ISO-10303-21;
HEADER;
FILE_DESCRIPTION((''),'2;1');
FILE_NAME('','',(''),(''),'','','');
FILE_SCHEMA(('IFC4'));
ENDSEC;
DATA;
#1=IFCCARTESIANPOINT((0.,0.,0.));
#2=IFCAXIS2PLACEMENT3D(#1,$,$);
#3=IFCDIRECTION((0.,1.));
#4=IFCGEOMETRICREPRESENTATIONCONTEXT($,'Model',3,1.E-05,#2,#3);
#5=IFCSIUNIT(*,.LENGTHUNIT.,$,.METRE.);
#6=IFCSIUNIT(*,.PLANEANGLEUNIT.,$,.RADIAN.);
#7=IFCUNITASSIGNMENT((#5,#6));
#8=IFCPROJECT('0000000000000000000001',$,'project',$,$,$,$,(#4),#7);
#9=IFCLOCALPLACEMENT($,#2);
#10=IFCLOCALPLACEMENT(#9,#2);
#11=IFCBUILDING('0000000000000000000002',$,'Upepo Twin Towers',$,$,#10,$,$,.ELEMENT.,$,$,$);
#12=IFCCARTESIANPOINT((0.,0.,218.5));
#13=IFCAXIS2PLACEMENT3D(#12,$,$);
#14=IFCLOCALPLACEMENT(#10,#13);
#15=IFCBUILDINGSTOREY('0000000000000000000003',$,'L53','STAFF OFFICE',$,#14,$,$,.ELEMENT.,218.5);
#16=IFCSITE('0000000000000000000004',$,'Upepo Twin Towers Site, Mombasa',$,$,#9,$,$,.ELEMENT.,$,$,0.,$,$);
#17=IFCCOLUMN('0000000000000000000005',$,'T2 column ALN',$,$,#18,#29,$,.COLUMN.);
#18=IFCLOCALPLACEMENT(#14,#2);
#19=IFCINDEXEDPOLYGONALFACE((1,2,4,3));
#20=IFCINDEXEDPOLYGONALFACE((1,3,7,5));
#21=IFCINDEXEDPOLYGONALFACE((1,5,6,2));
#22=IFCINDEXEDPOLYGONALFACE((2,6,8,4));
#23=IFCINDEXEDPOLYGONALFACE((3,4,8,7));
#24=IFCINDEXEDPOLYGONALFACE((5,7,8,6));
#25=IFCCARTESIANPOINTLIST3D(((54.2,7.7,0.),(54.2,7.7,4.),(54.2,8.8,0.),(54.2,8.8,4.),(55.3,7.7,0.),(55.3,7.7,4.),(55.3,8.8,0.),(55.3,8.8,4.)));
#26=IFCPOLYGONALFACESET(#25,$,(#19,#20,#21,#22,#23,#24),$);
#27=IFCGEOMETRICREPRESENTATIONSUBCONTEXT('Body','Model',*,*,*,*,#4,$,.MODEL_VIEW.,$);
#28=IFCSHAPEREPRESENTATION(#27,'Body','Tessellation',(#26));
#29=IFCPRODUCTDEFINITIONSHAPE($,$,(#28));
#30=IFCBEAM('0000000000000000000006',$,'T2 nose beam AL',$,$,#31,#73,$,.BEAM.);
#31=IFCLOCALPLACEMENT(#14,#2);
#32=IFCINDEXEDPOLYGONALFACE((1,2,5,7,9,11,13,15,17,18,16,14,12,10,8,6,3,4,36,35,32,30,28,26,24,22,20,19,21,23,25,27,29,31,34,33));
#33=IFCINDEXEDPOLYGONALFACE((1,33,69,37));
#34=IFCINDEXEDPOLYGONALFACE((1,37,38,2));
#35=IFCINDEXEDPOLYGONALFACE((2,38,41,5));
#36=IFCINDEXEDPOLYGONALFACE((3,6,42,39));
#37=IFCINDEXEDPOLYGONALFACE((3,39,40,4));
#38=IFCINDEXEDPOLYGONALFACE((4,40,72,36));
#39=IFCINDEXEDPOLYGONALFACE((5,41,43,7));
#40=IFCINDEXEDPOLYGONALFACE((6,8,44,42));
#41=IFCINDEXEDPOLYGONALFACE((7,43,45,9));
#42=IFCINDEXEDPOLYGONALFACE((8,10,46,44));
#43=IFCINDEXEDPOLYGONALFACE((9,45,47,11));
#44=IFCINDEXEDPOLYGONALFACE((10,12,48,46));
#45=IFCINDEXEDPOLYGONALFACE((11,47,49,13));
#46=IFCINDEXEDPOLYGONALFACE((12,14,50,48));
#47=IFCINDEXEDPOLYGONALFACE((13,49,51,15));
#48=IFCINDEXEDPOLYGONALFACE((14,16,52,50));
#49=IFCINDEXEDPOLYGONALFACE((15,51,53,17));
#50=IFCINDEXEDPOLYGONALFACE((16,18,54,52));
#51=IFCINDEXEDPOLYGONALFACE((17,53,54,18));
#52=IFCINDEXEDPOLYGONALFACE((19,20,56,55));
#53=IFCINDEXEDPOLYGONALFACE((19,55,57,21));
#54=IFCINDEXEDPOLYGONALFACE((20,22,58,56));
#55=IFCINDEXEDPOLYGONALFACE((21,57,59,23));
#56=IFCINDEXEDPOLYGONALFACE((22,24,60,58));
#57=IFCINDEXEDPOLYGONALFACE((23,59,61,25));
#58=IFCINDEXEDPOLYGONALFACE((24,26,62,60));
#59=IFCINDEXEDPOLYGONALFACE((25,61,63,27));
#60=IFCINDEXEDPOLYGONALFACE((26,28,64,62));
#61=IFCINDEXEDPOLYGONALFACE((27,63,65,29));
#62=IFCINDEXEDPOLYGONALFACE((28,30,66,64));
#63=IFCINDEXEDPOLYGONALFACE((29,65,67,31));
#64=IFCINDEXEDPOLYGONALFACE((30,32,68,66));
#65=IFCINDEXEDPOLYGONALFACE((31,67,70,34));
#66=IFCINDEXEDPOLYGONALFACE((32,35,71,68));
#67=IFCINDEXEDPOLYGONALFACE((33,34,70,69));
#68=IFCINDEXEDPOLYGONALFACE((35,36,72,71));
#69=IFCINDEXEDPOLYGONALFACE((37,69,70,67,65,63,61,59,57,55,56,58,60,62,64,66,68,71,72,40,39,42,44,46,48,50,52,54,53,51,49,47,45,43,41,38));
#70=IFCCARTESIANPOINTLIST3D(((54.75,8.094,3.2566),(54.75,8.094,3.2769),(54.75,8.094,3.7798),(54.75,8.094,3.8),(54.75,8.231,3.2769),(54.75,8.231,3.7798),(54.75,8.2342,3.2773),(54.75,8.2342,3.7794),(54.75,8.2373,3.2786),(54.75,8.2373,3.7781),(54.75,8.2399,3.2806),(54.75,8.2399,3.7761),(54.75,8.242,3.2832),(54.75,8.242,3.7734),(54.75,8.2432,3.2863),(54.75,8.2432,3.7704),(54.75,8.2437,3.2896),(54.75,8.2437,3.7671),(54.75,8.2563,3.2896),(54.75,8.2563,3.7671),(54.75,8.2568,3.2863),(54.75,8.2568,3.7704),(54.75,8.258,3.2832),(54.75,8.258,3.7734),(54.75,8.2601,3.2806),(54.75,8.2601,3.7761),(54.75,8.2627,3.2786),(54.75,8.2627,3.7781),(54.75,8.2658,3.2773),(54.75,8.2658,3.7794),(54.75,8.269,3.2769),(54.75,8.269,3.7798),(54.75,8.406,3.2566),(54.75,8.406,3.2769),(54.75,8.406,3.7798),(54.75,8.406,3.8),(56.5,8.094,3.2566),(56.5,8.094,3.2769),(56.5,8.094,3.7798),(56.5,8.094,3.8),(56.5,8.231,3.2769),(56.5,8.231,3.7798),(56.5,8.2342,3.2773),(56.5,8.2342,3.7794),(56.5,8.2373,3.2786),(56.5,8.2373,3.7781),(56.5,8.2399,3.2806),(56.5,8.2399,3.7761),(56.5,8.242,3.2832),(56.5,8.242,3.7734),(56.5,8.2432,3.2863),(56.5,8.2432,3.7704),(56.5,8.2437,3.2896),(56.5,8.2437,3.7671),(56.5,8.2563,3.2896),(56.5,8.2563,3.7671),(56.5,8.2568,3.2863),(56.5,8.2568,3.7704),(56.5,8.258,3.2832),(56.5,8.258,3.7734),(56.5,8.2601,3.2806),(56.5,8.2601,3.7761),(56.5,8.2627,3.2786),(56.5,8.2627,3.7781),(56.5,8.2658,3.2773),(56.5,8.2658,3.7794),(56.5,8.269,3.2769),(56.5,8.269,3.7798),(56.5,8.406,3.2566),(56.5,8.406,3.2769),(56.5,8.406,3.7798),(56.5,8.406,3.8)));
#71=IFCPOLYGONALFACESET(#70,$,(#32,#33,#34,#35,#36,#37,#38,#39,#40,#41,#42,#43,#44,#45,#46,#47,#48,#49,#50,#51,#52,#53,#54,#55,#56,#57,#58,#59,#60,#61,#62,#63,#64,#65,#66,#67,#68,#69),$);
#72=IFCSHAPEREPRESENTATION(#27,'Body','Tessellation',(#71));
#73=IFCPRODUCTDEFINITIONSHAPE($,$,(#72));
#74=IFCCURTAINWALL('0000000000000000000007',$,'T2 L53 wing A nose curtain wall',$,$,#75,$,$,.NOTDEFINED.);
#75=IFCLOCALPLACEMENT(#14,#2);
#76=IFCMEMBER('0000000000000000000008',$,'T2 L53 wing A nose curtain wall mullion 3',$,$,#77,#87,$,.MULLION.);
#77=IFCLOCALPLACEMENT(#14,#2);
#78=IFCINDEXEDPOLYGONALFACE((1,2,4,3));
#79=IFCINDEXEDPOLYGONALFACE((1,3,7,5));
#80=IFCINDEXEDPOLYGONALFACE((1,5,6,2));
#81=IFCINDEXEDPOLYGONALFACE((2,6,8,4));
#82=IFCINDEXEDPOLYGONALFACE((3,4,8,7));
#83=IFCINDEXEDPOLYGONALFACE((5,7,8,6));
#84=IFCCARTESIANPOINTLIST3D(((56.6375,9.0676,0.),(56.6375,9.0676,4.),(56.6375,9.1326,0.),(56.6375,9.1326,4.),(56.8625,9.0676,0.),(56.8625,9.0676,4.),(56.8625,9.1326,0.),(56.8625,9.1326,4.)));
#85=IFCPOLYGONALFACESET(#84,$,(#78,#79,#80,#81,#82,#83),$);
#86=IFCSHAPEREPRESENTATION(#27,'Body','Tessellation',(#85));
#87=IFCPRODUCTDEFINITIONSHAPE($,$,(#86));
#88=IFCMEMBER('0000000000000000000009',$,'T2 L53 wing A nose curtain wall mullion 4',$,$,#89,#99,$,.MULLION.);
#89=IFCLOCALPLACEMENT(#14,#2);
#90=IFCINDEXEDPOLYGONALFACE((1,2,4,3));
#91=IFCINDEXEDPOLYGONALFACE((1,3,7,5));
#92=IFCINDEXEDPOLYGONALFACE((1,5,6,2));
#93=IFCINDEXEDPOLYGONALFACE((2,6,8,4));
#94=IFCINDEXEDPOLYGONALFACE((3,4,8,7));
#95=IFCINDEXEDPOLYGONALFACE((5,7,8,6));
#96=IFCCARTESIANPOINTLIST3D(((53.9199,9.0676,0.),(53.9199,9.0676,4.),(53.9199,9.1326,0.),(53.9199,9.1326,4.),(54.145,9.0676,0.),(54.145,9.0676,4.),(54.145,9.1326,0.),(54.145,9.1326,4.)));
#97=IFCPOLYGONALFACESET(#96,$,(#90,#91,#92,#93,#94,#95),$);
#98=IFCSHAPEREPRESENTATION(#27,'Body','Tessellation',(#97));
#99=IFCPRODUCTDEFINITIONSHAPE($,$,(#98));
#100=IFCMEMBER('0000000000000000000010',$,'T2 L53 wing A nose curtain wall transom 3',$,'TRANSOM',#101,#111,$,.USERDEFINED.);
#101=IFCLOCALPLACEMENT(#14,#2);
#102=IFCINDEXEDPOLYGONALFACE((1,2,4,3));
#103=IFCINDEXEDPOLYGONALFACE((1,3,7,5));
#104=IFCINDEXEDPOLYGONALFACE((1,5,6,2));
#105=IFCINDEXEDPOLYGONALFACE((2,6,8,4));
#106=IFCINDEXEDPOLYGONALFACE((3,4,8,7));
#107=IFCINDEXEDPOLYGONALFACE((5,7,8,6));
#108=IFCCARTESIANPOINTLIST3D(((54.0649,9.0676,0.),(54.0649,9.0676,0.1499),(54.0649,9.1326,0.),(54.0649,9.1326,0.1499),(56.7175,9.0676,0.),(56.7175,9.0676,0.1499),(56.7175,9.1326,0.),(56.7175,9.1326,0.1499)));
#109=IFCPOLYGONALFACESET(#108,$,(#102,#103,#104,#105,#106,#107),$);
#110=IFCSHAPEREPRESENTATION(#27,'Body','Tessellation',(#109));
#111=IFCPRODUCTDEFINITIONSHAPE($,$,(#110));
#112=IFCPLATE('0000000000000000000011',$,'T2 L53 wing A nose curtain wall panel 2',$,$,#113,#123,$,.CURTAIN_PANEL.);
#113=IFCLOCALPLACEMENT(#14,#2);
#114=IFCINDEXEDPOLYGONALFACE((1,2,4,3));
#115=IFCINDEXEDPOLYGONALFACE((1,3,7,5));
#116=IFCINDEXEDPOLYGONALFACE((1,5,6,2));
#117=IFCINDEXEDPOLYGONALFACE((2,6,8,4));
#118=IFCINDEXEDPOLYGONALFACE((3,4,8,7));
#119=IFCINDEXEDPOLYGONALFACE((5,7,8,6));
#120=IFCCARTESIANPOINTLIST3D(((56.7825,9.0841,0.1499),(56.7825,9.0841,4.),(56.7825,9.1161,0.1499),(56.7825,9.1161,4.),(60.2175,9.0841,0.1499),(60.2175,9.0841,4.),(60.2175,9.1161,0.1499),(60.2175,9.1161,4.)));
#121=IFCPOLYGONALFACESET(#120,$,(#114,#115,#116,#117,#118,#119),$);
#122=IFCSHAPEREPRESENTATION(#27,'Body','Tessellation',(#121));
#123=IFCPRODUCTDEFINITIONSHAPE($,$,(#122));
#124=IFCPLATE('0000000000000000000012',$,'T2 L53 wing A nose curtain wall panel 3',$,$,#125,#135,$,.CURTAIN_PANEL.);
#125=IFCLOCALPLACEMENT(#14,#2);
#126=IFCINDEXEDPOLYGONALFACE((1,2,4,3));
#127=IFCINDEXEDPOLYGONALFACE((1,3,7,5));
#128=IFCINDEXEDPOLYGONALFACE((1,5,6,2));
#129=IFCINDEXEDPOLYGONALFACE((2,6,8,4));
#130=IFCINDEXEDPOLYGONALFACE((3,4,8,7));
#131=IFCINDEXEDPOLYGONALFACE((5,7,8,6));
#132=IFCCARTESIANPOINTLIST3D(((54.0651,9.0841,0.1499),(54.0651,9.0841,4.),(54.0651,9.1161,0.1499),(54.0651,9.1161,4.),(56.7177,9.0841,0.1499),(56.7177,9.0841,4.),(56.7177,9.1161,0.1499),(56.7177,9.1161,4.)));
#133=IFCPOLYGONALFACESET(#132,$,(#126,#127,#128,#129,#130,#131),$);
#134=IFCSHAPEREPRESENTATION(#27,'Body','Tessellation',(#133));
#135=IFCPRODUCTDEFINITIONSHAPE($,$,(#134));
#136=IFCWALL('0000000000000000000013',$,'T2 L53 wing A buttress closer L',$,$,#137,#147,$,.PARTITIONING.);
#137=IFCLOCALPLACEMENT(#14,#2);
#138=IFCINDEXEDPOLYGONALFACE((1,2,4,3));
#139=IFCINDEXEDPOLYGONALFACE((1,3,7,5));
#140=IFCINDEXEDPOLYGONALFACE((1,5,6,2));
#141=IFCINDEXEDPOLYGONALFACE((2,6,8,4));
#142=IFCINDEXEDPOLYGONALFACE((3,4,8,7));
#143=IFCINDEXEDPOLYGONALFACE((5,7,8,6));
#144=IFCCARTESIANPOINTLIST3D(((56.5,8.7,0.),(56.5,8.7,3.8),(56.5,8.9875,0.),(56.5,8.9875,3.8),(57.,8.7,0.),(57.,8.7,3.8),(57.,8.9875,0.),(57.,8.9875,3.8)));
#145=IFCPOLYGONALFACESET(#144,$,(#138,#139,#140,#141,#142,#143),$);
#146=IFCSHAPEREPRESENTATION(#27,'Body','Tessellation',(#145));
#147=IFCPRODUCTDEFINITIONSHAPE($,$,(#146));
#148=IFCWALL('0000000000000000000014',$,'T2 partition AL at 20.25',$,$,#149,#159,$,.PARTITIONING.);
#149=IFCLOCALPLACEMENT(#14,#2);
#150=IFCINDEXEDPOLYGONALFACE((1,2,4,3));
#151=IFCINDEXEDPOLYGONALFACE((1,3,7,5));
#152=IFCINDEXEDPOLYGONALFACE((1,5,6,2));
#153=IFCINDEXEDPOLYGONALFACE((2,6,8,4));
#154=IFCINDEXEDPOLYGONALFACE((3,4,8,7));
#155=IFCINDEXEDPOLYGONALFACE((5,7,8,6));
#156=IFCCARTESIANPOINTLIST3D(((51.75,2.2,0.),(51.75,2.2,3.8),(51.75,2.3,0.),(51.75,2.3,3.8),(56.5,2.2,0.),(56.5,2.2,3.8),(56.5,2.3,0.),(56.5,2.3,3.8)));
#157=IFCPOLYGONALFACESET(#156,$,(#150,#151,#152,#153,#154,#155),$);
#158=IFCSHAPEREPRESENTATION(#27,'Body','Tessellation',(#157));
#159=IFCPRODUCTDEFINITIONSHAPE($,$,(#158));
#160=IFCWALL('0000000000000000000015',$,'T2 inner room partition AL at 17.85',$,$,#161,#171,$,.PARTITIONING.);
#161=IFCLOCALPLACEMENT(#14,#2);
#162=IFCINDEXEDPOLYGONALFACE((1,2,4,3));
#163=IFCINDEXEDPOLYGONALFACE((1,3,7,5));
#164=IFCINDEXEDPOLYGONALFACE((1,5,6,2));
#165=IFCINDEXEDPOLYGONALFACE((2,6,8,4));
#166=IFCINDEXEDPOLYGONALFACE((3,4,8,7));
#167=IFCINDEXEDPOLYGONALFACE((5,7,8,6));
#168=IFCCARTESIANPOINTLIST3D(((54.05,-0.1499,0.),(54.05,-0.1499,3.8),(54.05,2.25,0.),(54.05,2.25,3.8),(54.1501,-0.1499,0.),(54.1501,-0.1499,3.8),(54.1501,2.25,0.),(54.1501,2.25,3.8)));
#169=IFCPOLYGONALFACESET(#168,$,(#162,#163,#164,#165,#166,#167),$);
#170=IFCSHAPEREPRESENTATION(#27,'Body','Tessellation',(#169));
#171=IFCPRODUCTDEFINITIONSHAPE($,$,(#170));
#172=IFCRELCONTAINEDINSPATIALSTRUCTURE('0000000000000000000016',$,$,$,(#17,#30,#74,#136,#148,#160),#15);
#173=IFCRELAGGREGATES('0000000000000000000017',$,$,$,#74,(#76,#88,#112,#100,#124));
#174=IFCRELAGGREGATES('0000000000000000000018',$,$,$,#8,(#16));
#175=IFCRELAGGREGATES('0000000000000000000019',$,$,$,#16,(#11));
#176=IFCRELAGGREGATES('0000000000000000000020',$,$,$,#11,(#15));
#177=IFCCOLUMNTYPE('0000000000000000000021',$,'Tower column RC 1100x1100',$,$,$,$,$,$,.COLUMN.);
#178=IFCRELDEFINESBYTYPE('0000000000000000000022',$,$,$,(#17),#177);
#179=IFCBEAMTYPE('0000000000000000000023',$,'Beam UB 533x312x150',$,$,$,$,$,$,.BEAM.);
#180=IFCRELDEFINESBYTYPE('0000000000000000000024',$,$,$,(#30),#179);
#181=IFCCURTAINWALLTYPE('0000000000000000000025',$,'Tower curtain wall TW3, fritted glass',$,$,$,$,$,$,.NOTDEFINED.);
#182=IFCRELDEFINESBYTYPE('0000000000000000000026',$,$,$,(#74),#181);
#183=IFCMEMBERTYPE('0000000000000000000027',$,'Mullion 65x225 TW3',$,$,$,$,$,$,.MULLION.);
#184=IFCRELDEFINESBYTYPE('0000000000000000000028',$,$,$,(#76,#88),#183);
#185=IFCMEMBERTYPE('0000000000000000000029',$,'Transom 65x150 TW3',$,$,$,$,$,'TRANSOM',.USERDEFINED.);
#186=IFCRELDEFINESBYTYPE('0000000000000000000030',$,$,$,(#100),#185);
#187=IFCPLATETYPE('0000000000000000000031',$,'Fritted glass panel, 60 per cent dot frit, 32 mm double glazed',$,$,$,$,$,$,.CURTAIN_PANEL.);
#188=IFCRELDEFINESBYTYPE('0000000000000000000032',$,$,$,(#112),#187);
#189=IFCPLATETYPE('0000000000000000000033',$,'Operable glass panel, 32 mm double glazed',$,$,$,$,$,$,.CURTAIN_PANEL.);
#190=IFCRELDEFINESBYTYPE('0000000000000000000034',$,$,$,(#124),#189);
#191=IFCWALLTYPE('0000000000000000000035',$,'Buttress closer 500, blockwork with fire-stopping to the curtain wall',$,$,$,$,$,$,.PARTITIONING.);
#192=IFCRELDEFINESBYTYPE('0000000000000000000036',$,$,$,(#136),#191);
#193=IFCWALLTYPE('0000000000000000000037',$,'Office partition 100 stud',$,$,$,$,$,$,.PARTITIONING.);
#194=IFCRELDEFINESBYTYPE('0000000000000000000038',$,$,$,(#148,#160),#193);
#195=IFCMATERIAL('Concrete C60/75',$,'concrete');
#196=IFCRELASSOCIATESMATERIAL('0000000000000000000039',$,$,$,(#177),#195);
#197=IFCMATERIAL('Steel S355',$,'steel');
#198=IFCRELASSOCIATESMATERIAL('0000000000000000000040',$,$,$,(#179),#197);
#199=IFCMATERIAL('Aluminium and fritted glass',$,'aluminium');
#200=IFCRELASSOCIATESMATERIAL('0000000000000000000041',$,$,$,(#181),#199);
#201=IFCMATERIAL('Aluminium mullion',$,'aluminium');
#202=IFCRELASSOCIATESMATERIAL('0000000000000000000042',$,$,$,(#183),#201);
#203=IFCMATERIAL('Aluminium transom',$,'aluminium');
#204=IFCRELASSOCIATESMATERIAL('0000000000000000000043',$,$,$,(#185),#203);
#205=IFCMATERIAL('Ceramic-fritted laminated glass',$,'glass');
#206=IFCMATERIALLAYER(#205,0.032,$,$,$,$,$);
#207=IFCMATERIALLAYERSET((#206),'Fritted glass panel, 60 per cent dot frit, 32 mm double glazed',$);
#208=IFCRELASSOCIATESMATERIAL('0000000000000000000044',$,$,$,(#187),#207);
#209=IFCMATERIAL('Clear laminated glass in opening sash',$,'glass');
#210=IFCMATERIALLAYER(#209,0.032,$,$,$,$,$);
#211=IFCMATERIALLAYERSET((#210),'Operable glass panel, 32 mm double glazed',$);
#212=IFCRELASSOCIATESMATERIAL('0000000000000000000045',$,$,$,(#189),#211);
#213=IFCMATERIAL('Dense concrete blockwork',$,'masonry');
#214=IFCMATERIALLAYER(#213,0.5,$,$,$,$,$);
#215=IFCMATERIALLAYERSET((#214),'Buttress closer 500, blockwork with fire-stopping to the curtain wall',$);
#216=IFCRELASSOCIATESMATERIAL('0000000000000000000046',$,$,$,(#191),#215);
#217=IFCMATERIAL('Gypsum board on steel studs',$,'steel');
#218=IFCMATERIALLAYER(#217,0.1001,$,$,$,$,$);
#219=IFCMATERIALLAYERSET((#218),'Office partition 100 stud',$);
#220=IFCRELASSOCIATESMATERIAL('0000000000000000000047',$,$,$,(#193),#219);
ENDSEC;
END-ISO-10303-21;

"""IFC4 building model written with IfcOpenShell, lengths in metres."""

from ifc_helpers import new_model, si_unit, direction, frame, frame_2d, origin, origin_2d, place, context, subcontext, project, spatial, rectangle, i_section, extrude, material, layer, layer_set, material_profile, profile_set, type_object, element, aggregate, save


model = new_model("IFC4")

# Units and contexts
model_context = context("Model", 3, precision=1e-05, world=origin(), true_north=direction((0.0, 1.0)))
body_context = subcontext(model_context, "Body", "Model", "MODEL_VIEW")
ifc_project = project(units=[si_unit("LENGTHUNIT", "METRE"), si_unit("PLANEANGLEUNIT", "RADIAN")], contexts=[model_context])

# Site, building, storey
site_placement = place(None, origin())
site = spatial("IfcSite", under=ifc_project, at=site_placement, Name="Upepo Twin Towers Site, Mombasa", CompositionType="ELEMENT", RefElevation=0.0)
building_placement = place(site_placement, origin())
building = spatial("IfcBuilding", under=site, at=building_placement, Name="Upepo Twin Towers", CompositionType="ELEMENT")
storey_placement = place(building_placement, frame((0.0, 0.0, 218.5)))
storey = spatial("IfcBuildingStorey", under=building, at=storey_placement, Name="L53", Description="STAFF OFFICE", CompositionType="ELEMENT", Elevation=218.5)

# Column
ifc_material_1 = material(Name="Concrete C60/75", Category="concrete")
ifc_material_profile_1 = material_profile(ifc_material_1, rectangle(XDim=1.1001, YDim=1.1001, at=origin_2d()), Name="RC 1100x1100")
ifc_profile_set_1 = profile_set([ifc_material_profile_1], Name="Concrete C60/75")
column_type = type_object("IfcColumnType", Name="Tower column RC 1100x1100", PredefinedType="COLUMN", material=ifc_profile_set_1)
column_placement = place(storey_placement, frame((54.75, 8.25, 0.0), z_axis=(0.0, 0.0, 1.0), x_axis=(1.0, 0.0, 0.0)))
element("IfcColumn", 1, at=column_placement, inside=storey, type_object=column_type, Name="T2 column ALN", PredefinedType="COLUMN", context=body_context, shape_type="SweptSolid", body=[
    extrude(rectangle(XDim=1.1001, YDim=1.1001, at=origin_2d()), origin(), (0.0, 0.0, 1.0), 4.0),
])

# Beam
ifc_material_2 = material(Name="Steel S355", Category="steel")
ifc_material_profile_2 = material_profile(ifc_material_2, i_section(OverallWidth=0.312, OverallDepth=0.5435, WebThickness=0.0127, FlangeThickness=0.0203, FilletRadius=0.0127, at=origin_2d()), Name="UB 533x312x150")
ifc_profile_set_2 = profile_set([ifc_material_profile_2], Name="Steel S355")
beam_type = type_object("IfcBeamType", Name="Beam UB 533x312x150", PredefinedType="BEAM", material=ifc_profile_set_2)
beam_placement = place(storey_placement, frame((54.75, 8.25, 3.5283), z_axis=(1.0, 0.0, 0.0), x_axis=(0.0, 1.0, 0.0)))
element("IfcBeam", 2, at=beam_placement, inside=storey, type_object=beam_type, Name="T2 nose beam AL", PredefinedType="BEAM", context=body_context, shape_type="SweptSolid", body=[
    extrude(i_section(OverallWidth=0.312, OverallDepth=0.5435, WebThickness=0.0127, FlangeThickness=0.0203, FilletRadius=0.0127, at=origin_2d()), origin(), (0.0, 0.0, 1.0), 1.75),
])

# Curtain wall, members, plates
ifc_material_3 = material(Name="Aluminium and fritted glass", Category="aluminium")
curtain_wall_type = type_object("IfcCurtainWallType", Name="Tower curtain wall TW3, fritted glass", PredefinedType="NOTDEFINED", material=ifc_material_3)
curtain_wall_placement = place(storey_placement, origin())
curtain_wall = element("IfcCurtainWall", 3, at=curtain_wall_placement, inside=storey, type_object=curtain_wall_type, Name="T2 L53 wing A nose curtain wall", PredefinedType="NOTDEFINED")
ifc_material_4 = material(Name="Aluminium mullion", Category="aluminium")
ifc_material_profile_3 = material_profile(ifc_material_4, rectangle(XDim=0.0649, YDim=0.2251, at=origin_2d()), Name="MULLION 65x225")
ifc_profile_set_3 = profile_set([ifc_material_profile_3], Name="Aluminium mullion")
member_type_1 = type_object("IfcMemberType", Name="Mullion 65x225 TW3", PredefinedType="MULLION", material=ifc_profile_set_3)
member_1_placement = place(storey_placement, frame((56.75, 9.1001, 0.0), z_axis=(0.0, 0.0, 1.0), x_axis=(0.0, -1.0, 0.0)))
member_1 = element("IfcMember", 4, at=member_1_placement, type_object=member_type_1, Name="T2 L53 wing A nose curtain wall mullion 3", PredefinedType="MULLION", context=body_context, shape_type="SweptSolid", body=[
    extrude(rectangle(XDim=0.0649, YDim=0.2251, at=origin_2d()), origin(), (0.0, 0.0, 1.0), 4.0),
])
member_2_placement = place(storey_placement, frame((54.0325, 9.1001, 0.0), z_axis=(0.0, 0.0, 1.0), x_axis=(0.0, -1.0, 0.0)))
member_2 = element("IfcMember", 5, at=member_2_placement, type_object=member_type_1, Name="T2 L53 wing A nose curtain wall mullion 4", PredefinedType="MULLION", context=body_context, shape_type="SweptSolid", body=[
    extrude(rectangle(XDim=0.0649, YDim=0.2251, at=origin_2d()), origin(), (0.0, 0.0, 1.0), 4.0),
])
ifc_material_5 = material(Name="Aluminium transom", Category="aluminium")
ifc_material_profile_4 = material_profile(ifc_material_5, rectangle(XDim=0.0649, YDim=0.1499, at=origin_2d()), Name="TRANSOM 65x150")
ifc_profile_set_4 = profile_set([ifc_material_profile_4], Name="Aluminium transom")
member_type_2 = type_object("IfcMemberType", Name="Transom 65x150 TW3", ElementType="TRANSOM", PredefinedType="USERDEFINED", material=ifc_profile_set_4)
member_3_placement = place(storey_placement, frame((56.7175, 9.1001, 0.075), z_axis=(-1.0, 0.0, 0.0), x_axis=(0.0, -1.0, 0.0)))
member_3 = element("IfcMember", 6, at=member_3_placement, type_object=member_type_2, Name="T2 L53 wing A nose curtain wall transom 3", ObjectType="TRANSOM", PredefinedType="USERDEFINED", context=body_context, shape_type="SweptSolid", body=[
    extrude(rectangle(XDim=0.0649, YDim=0.1499, at=origin_2d()), origin(), (0.0, 0.0, 1.0), 2.6526),
])
ifc_material_6 = material(Name="Ceramic-fritted laminated glass", Category="glass")
ifc_layer_1 = layer(ifc_material_6, 0.032)
ifc_layer_set_1 = layer_set([ifc_layer_1], Name="Fritted glass panel, 60 per cent dot frit, 32 mm double glazed")
plate_type_1 = type_object("IfcPlateType", Name="Fritted glass panel, 60 per cent dot frit, 32 mm double glazed", PredefinedType="CURTAIN_PANEL", material=ifc_layer_set_1)
plate_1_placement = place(storey_placement, frame((58.5, 9.1001, 0.1499), z_axis=(0.0, 0.0, 1.0), x_axis=(-1.0, 0.0, 0.0)))
plate_1 = element("IfcPlate", 7, at=plate_1_placement, type_object=plate_type_1, Name="T2 L53 wing A nose curtain wall panel 2", PredefinedType="CURTAIN_PANEL", context=body_context, shape_type="SweptSolid", body=[
    extrude(rectangle(XDim=3.4351, YDim=0.032, at=origin_2d()), origin(), (0.0, 0.0, 1.0), 3.8501),
])
ifc_material_7 = material(Name="Clear laminated glass in opening sash", Category="glass")
ifc_layer_2 = layer(ifc_material_7, 0.032)
ifc_layer_set_2 = layer_set([ifc_layer_2], Name="Operable glass panel, 32 mm double glazed")
plate_type_2 = type_object("IfcPlateType", Name="Operable glass panel, 32 mm double glazed", PredefinedType="CURTAIN_PANEL", material=ifc_layer_set_2)
plate_2_placement = place(storey_placement, frame((55.3914, 9.1001, 0.1499), z_axis=(0.0, 0.0, 1.0), x_axis=(-1.0, 0.0, 0.0)))
plate_2 = element("IfcPlate", 8, at=plate_2_placement, type_object=plate_type_2, Name="T2 L53 wing A nose curtain wall panel 3", PredefinedType="CURTAIN_PANEL", context=body_context, shape_type="SweptSolid", body=[
    extrude(rectangle(XDim=2.6526, YDim=0.032, at=origin_2d()), origin(), (0.0, 0.0, 1.0), 3.8501),
])
aggregate(curtain_wall, [member_1, member_2, plate_1, member_3, plate_2])

# Walls
ifc_material_8 = material(Name="Dense concrete blockwork", Category="masonry")
ifc_layer_3 = layer(ifc_material_8, 0.5)
ifc_layer_set_3 = layer_set([ifc_layer_3], Name="Buttress closer 500, blockwork with fire-stopping to the curtain wall")
wall_type_1 = type_object("IfcWallType", Name="Buttress closer 500, blockwork with fire-stopping to the curtain wall", PredefinedType="PARTITIONING", material=ifc_layer_set_3)
wall_1_placement = place(storey_placement, frame((56.75, 8.7, 0.0), z_axis=(0.0, 0.0, 1.0), x_axis=(0.0, 1.0, 0.0)))
element("IfcWall", 9, at=wall_1_placement, inside=storey, type_object=wall_type_1, Name="T2 L53 wing A buttress closer L", PredefinedType="PARTITIONING", context=body_context, shape_type="SweptSolid", body=[
    extrude(rectangle(XDim=0.2876, YDim=0.5, at=frame_2d((0.1438, 0.0))), origin(), (0.0, 0.0, 1.0), 3.8),
])
ifc_material_9 = material(Name="Gypsum board on steel studs", Category="steel")
ifc_layer_4 = layer(ifc_material_9, 0.1001)
ifc_layer_set_4 = layer_set([ifc_layer_4], Name="Office partition 100 stud")
wall_type_2 = type_object("IfcWallType", Name="Office partition 100 stud", PredefinedType="PARTITIONING", material=ifc_layer_set_4)
wall_2_placement = place(storey_placement, frame((56.5, 2.25, 0.0), z_axis=(0.0, 0.0, 1.0), x_axis=(-1.0, 0.0, 0.0)))
element("IfcWall", 10, at=wall_2_placement, inside=storey, type_object=wall_type_2, Name="T2 partition AL at 20.25", PredefinedType="PARTITIONING", context=body_context, shape_type="SweptSolid", body=[
    extrude(rectangle(XDim=4.75, YDim=0.1001, at=frame_2d((2.375, 0.0))), origin(), (0.0, 0.0, 1.0), 3.8),
])
wall_3_placement = place(storey_placement, frame((54.1001, -0.1499, 0.0), z_axis=(0.0, 0.0, 1.0), x_axis=(0.0, 1.0, 0.0)))
element("IfcWall", 11, at=wall_3_placement, inside=storey, type_object=wall_type_2, Name="T2 inner room partition AL at 17.85", PredefinedType="PARTITIONING", context=body_context, shape_type="SweptSolid", body=[
    extrude(rectangle(XDim=2.3999, YDim=0.1001, at=frame_2d((1.2, 0.0))), origin(), (0.0, 0.0, 1.0), 3.8),
])

save(model, "model.ifc")
